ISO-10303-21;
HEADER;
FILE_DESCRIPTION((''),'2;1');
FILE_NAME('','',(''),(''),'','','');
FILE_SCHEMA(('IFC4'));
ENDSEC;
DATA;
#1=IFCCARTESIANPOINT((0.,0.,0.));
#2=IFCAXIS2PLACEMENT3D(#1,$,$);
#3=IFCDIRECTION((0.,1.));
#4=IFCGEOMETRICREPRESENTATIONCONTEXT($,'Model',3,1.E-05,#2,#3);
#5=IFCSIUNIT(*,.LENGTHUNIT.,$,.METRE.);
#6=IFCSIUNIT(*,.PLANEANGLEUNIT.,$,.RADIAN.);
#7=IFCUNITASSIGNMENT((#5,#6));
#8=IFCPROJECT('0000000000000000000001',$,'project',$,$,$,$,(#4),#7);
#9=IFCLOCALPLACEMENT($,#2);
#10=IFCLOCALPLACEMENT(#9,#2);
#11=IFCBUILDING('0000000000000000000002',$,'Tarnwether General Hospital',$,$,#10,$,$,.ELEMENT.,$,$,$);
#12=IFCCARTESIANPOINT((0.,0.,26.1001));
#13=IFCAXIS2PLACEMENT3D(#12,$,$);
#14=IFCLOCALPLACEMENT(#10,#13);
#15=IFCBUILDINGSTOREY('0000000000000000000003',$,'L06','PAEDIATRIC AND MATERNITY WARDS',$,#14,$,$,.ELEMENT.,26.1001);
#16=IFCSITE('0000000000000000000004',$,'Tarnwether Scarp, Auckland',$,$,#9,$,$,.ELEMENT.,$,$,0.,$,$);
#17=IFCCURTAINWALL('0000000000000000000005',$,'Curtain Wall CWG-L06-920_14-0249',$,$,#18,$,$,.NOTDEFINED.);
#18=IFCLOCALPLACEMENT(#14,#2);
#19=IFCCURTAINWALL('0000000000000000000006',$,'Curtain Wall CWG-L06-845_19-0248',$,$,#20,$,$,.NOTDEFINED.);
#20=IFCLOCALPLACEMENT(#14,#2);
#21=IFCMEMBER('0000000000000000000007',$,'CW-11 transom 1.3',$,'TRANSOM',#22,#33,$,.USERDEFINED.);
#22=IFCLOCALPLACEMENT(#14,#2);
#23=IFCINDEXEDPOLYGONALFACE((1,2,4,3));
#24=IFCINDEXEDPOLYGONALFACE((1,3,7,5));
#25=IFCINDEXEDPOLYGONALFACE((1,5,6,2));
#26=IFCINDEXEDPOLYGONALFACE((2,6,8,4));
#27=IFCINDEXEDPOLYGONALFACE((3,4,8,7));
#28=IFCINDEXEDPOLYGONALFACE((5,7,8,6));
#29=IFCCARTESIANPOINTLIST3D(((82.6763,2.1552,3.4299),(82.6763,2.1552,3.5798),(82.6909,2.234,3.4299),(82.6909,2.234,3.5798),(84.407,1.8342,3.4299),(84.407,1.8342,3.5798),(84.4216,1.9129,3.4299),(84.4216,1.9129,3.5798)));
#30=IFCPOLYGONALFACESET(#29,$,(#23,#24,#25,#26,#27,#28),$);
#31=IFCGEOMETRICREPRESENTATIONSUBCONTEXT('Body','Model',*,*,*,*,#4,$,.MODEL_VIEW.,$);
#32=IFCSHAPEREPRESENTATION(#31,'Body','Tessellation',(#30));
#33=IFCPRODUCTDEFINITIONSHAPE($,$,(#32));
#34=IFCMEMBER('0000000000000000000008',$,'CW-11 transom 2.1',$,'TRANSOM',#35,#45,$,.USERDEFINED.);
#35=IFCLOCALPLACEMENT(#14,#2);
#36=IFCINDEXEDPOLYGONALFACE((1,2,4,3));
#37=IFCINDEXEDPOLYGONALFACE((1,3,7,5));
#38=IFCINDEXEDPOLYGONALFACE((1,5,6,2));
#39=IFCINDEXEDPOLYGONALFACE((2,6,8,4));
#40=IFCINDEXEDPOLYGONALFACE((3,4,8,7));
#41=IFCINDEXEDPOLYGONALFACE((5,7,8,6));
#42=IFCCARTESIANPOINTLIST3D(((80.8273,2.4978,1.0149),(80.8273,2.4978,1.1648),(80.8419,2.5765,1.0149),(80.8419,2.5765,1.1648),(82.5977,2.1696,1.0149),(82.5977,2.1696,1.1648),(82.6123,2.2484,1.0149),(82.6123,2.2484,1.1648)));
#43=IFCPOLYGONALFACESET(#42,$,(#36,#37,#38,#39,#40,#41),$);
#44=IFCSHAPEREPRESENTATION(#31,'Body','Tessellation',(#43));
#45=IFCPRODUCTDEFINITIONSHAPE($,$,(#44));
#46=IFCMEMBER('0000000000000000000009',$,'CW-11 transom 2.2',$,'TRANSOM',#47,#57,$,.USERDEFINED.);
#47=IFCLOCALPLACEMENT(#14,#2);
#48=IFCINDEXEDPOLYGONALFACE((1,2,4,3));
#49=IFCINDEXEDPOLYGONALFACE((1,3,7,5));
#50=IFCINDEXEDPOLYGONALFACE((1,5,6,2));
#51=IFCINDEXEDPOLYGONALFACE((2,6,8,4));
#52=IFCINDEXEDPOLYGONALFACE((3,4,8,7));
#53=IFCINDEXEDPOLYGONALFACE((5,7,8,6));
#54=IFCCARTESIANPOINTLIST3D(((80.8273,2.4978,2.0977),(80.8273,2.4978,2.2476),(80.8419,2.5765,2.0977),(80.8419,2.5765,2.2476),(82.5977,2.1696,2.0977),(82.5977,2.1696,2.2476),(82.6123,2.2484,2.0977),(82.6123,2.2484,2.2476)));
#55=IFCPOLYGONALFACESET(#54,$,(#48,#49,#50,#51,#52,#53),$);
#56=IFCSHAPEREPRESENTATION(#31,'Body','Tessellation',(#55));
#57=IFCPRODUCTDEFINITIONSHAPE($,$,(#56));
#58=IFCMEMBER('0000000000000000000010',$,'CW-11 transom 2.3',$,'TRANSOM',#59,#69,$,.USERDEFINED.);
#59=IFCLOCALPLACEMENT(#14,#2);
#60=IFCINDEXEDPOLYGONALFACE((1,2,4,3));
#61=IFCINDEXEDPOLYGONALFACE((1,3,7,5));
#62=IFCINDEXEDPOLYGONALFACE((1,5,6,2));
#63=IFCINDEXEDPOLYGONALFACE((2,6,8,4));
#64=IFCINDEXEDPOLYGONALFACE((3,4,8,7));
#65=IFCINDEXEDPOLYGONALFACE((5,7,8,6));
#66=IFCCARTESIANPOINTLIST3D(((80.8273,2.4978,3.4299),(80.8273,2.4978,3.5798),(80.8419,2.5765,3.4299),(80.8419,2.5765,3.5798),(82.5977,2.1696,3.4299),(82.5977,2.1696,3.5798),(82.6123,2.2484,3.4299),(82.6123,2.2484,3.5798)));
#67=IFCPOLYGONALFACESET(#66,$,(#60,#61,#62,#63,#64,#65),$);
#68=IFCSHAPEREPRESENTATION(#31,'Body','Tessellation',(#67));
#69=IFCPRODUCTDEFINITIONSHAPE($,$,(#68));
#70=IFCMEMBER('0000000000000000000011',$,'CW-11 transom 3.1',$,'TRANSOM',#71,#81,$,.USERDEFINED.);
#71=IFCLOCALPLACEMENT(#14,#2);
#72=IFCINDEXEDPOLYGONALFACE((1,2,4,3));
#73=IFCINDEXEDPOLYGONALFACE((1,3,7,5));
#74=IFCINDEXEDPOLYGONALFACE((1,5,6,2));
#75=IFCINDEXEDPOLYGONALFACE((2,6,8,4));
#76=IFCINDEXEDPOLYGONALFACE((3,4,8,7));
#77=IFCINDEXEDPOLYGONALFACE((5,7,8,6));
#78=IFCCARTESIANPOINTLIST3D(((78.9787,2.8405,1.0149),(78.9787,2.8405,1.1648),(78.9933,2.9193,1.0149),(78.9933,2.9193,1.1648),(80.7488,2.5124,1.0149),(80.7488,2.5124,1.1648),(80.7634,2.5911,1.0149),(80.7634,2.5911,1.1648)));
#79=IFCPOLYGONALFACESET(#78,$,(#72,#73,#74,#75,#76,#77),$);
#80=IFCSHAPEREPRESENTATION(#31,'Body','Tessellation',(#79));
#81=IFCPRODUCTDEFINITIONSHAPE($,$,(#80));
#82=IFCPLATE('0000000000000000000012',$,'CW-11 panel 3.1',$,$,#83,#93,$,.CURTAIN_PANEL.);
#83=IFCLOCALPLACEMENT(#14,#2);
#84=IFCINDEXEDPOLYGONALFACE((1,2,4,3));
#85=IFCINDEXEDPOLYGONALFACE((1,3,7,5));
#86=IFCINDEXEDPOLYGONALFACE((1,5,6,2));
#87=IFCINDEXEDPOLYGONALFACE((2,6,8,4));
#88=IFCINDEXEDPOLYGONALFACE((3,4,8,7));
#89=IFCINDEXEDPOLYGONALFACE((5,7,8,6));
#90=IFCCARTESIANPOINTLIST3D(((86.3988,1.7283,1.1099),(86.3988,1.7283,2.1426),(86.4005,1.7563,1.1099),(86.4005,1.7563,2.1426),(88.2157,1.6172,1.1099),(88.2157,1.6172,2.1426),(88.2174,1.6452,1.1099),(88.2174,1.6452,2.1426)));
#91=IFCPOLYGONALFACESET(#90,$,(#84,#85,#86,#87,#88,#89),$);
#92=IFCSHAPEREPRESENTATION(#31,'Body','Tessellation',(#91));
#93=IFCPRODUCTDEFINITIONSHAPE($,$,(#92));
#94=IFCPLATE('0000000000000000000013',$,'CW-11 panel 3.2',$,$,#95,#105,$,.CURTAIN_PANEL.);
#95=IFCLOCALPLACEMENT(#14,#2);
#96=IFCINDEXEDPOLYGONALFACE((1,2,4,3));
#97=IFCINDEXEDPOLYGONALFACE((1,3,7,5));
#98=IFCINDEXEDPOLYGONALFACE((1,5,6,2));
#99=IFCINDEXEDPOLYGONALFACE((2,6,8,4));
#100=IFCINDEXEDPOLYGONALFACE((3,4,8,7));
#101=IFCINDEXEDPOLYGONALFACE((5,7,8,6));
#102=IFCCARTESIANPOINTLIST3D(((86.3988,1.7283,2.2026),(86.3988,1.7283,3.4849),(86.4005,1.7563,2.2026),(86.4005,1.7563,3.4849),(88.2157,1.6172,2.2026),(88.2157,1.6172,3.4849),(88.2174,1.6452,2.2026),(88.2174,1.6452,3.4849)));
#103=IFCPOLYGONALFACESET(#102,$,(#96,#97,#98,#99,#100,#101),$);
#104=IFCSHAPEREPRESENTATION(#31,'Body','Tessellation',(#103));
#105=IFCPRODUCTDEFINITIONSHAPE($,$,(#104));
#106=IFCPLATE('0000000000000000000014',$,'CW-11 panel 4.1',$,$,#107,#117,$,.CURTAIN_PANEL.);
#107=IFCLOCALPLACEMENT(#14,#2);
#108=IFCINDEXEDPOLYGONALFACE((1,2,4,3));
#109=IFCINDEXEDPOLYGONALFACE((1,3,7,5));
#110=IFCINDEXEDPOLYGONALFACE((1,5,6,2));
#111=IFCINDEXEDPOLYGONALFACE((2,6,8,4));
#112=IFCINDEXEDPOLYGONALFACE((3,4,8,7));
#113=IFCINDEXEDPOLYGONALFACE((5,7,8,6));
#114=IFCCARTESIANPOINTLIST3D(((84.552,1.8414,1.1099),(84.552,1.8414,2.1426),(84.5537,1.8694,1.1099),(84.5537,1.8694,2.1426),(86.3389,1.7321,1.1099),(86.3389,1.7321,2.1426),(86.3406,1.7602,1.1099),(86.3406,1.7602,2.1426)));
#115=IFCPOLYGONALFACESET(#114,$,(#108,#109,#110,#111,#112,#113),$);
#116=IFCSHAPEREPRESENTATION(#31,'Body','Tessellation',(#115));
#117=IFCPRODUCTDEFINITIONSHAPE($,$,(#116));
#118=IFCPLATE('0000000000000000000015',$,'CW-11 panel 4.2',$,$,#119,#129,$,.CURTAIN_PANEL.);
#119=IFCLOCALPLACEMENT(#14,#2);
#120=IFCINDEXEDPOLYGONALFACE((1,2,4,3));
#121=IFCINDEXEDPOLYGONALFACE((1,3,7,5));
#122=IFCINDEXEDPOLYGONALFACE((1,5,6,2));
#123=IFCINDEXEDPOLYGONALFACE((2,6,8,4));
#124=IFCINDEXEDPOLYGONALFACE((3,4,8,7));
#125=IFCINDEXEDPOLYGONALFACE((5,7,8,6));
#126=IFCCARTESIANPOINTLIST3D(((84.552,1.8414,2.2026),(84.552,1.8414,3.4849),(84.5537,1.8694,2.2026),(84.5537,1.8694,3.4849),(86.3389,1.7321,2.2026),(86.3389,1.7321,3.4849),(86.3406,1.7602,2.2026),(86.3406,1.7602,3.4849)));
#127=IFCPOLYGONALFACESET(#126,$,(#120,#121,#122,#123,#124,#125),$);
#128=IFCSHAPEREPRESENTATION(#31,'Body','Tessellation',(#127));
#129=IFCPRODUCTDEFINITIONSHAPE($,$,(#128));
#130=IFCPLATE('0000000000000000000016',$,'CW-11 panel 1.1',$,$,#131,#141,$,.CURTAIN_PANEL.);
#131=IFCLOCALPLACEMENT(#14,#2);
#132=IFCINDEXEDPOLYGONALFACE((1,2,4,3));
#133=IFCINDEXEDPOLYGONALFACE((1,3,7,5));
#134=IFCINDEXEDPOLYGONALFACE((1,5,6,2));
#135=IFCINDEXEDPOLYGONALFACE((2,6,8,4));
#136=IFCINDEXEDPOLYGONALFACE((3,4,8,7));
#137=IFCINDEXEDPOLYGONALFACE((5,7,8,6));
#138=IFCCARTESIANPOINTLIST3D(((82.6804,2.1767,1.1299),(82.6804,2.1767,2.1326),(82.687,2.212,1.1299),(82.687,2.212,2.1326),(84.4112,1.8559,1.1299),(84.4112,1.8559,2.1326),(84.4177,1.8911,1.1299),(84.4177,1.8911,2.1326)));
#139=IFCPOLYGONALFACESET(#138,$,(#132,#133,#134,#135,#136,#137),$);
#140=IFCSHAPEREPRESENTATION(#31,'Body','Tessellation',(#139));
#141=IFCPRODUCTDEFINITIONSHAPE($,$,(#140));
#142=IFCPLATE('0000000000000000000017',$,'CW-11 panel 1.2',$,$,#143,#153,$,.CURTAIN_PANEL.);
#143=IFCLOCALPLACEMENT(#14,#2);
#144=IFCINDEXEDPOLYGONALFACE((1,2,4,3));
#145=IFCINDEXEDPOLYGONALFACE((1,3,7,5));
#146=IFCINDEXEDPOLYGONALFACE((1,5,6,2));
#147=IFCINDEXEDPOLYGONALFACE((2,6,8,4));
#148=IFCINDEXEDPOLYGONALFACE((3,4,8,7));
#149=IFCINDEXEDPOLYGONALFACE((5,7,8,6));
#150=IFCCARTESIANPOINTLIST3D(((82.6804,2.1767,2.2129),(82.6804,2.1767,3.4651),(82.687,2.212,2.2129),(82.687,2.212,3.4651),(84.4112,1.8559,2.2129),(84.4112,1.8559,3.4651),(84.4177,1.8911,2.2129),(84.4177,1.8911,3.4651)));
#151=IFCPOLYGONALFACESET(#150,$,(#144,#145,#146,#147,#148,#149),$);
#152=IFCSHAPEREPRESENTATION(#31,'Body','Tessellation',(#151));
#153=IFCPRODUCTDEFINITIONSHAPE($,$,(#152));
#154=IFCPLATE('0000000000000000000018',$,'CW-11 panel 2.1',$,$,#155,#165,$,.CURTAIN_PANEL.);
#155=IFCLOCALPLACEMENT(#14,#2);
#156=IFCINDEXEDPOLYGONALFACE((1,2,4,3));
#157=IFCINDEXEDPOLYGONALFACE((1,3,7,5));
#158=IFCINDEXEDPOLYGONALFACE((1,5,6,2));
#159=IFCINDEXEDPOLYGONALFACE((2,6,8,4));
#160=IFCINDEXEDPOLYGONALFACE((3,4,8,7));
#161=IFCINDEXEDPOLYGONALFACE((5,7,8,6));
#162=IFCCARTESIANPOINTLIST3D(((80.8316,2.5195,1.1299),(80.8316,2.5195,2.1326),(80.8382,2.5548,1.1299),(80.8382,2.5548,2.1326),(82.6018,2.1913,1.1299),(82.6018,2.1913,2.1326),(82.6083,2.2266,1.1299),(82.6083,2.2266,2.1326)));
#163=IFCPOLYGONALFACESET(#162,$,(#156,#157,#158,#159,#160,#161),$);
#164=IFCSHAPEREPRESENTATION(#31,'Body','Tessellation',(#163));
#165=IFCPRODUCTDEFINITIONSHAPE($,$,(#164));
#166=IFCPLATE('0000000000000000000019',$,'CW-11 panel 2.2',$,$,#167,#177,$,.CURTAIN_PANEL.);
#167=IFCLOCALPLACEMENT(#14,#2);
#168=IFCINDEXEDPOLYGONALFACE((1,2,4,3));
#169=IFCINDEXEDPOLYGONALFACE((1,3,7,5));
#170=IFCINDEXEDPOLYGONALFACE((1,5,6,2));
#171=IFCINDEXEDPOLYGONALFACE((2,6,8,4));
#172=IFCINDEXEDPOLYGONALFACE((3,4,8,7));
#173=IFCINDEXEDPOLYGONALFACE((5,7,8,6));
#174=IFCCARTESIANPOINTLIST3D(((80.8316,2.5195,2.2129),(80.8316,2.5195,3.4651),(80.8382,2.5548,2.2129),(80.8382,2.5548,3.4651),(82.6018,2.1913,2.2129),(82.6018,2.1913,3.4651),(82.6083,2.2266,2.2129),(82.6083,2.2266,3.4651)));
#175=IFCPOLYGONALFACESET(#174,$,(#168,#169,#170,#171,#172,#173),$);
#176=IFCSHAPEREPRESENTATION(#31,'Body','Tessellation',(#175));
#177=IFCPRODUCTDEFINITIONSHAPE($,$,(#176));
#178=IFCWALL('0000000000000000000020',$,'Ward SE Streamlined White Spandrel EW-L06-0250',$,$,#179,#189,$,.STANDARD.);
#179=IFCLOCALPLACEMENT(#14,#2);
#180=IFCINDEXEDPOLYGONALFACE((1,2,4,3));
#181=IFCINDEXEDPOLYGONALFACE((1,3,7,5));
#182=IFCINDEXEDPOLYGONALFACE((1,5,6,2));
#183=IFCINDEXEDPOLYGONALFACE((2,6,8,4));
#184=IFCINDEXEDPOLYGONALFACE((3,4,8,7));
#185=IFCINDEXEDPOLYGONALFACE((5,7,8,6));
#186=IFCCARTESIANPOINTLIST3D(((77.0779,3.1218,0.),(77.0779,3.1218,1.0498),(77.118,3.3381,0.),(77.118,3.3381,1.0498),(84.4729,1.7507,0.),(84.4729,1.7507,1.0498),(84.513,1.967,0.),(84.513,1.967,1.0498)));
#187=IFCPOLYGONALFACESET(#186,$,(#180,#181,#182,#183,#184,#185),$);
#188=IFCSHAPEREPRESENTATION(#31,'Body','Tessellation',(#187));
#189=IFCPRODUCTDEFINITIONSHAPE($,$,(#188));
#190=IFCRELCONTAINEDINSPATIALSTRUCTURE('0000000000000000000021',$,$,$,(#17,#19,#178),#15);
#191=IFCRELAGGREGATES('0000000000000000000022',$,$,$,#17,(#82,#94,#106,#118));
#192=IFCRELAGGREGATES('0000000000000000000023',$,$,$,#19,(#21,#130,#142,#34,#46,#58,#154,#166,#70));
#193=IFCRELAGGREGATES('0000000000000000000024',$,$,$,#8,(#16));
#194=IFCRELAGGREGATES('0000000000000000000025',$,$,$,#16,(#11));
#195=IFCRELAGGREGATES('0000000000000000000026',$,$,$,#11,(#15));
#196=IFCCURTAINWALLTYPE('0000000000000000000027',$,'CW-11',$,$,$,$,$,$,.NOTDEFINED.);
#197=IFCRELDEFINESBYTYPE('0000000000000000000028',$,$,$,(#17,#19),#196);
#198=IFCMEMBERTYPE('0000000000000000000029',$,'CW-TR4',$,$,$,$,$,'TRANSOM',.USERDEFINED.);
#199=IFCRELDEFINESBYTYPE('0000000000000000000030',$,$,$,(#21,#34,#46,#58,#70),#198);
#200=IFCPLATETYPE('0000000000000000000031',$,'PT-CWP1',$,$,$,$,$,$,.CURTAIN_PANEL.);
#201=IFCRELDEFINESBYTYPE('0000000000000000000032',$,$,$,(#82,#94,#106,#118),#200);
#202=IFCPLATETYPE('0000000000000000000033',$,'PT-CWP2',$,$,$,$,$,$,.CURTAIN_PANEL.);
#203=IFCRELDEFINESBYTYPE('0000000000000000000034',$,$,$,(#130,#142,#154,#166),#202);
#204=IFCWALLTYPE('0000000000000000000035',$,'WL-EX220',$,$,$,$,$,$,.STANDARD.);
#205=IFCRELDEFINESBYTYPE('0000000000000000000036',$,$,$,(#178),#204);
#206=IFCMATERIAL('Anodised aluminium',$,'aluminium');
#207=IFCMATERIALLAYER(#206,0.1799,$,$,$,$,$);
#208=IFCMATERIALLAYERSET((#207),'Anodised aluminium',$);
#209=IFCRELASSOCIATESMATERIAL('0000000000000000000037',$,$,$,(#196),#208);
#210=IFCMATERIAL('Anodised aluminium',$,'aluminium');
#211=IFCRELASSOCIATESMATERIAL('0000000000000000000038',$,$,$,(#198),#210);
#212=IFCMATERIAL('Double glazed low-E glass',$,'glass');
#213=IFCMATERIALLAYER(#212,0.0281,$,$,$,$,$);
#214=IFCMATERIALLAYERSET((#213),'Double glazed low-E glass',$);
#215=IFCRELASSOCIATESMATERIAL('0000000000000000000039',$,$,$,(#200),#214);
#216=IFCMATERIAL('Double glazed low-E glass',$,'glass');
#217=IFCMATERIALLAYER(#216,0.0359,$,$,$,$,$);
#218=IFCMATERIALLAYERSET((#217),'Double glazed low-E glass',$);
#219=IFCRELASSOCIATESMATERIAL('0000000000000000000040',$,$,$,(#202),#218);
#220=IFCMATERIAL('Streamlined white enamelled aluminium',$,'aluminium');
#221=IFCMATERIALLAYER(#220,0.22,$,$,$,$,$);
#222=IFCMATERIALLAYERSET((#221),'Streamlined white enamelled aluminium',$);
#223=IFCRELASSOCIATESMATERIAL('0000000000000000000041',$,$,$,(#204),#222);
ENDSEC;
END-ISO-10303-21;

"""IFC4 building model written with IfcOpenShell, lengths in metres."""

from ifc_helpers import new_model, si_unit, direction, frame, frame_2d, origin, origin_2d, place, context, subcontext, project, spatial, rectangle, extrude, material, layer, layer_set, material_profile, profile_set, type_object, element, aggregate, save


model = new_model("IFC4")

# Units and contexts
model_context = context("Model", 3, precision=1e-05, world=origin(), true_north=direction((0.0, 1.0)))
body_context = subcontext(model_context, "Body", "Model", "MODEL_VIEW")
ifc_project = project(units=[si_unit("LENGTHUNIT", "METRE"), si_unit("PLANEANGLEUNIT", "RADIAN")], contexts=[model_context])

# Site, building, storey
site_placement = place(None, origin())
site = spatial("IfcSite", under=ifc_project, at=site_placement, Name="Tarnwether Scarp, Auckland", CompositionType="ELEMENT", RefElevation=0.0)
building_placement = place(site_placement, origin())
building = spatial("IfcBuilding", under=site, at=building_placement, Name="Tarnwether General Hospital", CompositionType="ELEMENT")
storey_placement = place(building_placement, frame((0.0, 0.0, 26.1001)))
storey = spatial("IfcBuildingStorey", under=building, at=storey_placement, Name="L06", Description="PAEDIATRIC AND MATERNITY WARDS", CompositionType="ELEMENT", Elevation=26.1001)

# Curtain walls
ifc_material_1 = material(Name="Anodised aluminium", Category="aluminium")
ifc_layer_1 = layer(ifc_material_1, 0.1799)
ifc_layer_set_1 = layer_set([ifc_layer_1], Name="Anodised aluminium")
curtain_wall_type = type_object("IfcCurtainWallType", Name="CW-11", PredefinedType="NOTDEFINED", material=ifc_layer_set_1)
curtain_wall_1_placement = place(storey_placement, origin())
curtain_wall_1 = element("IfcCurtainWall", 1, at=curtain_wall_1_placement, inside=storey, type_object=curtain_wall_type, Name="Curtain Wall CWG-L06-920_14-0249", PredefinedType="NOTDEFINED")
curtain_wall_2_placement = place(storey_placement, origin())
curtain_wall_2 = element("IfcCurtainWall", 2, at=curtain_wall_2_placement, inside=storey, type_object=curtain_wall_type, Name="Curtain Wall CWG-L06-845_19-0248", PredefinedType="NOTDEFINED")

# Members
ifc_material_2 = material(Name="Anodised aluminium", Category="aluminium")
ifc_material_profile_1 = material_profile(ifc_material_2, rectangle(XDim=0.0801, YDim=0.1499, at=origin_2d()), Name="ALU-TRN-80x150")
ifc_profile_set_1 = profile_set([ifc_material_profile_1], Name="Anodised aluminium")
member_type_1 = type_object("IfcMemberType", Name="CW-TR4", ElementType="TRANSOM", PredefinedType="USERDEFINED", material=ifc_profile_set_1)
member_1_placement = place(storey_placement, frame((84.4143, 1.8735, 3.5049), z_axis=(-0.983227, 0.182387, 0.0), x_axis=(-0.182387, -0.983227, 0.0)))
member_1 = element("IfcMember", 3, at=member_1_placement, type_object=member_type_1, Name="CW-11 transom 1.3", ObjectType="TRANSOM", PredefinedType="USERDEFINED", context=body_context, shape_type="SweptSolid", body=[
    extrude(rectangle(XDim=0.0801, YDim=0.1499, at=origin_2d()), origin(), (0.0, 0.0, 1.0), 1.7603),
])
member_2_placement = place(storey_placement, frame((82.605, 2.209, 1.0898), z_axis=(-0.983252, 0.182249, 0.0), x_axis=(-0.182249, -0.983252, 0.0)))
member_2 = element("IfcMember", 4, at=member_2_placement, type_object=member_type_1, Name="CW-11 transom 2.1", ObjectType="TRANSOM", PredefinedType="USERDEFINED", context=body_context, shape_type="SweptSolid", body=[
    extrude(rectangle(XDim=0.0801, YDim=0.1499, at=origin_2d()), origin(), (0.0, 0.0, 1.0), 1.8005),
])
member_3_placement = place(storey_placement, frame((82.605, 2.209, 2.1726), z_axis=(-0.983252, 0.182249, 0.0), x_axis=(-0.182249, -0.983252, 0.0)))
member_3 = element("IfcMember", 5, at=member_3_placement, type_object=member_type_1, Name="CW-11 transom 2.2", ObjectType="TRANSOM", PredefinedType="USERDEFINED", context=body_context, shape_type="SweptSolid", body=[
    extrude(rectangle(XDim=0.0801, YDim=0.1499, at=origin_2d()), origin(), (0.0, 0.0, 1.0), 1.8005),
])
member_4_placement = place(storey_placement, frame((82.605, 2.209, 3.5049), z_axis=(-0.983252, 0.182249, 0.0), x_axis=(-0.182249, -0.983252, 0.0)))
member_4 = element("IfcMember", 6, at=member_4_placement, type_object=member_type_1, Name="CW-11 transom 2.3", ObjectType="TRANSOM", PredefinedType="USERDEFINED", context=body_context, shape_type="SweptSolid", body=[
    extrude(rectangle(XDim=0.0801, YDim=0.1499, at=origin_2d()), origin(), (0.0, 0.0, 1.0), 1.8005),
])
member_5_placement = place(storey_placement, frame((80.7561, 2.5518, 1.0898), z_axis=(-0.983248, 0.182274, 0.0), x_axis=(-0.182274, -0.983248, 0.0)))
member_5 = element("IfcMember", 7, at=member_5_placement, type_object=member_type_1, Name="CW-11 transom 3.1", ObjectType="TRANSOM", PredefinedType="USERDEFINED", context=body_context, shape_type="SweptSolid", body=[
    extrude(rectangle(XDim=0.0801, YDim=0.1499, at=origin_2d()), origin(), (0.0, 0.0, 1.0), 1.8003),
])

# Plates
ifc_material_3 = material(Name="Double glazed low-E glass", Category="glass")
ifc_layer_2 = layer(ifc_material_3, 0.0281)
ifc_layer_set_2 = layer_set([ifc_layer_2], Name="Double glazed low-E glass")
plate_type_1 = type_object("IfcPlateType", Name="PT-CWP1", PredefinedType="CURTAIN_PANEL", material=ifc_layer_set_2)
plate_1_placement = place(storey_placement, frame((87.3081, 1.6868, 1.1099), z_axis=(0.0, 0.0, 1.0), x_axis=(-0.998136, 0.061029, 0.0)))
plate_1 = element("IfcPlate", 8, at=plate_1_placement, type_object=plate_type_1, Name="CW-11 panel 3.1", PredefinedType="CURTAIN_PANEL", context=body_context, shape_type="SweptSolid", body=[
    extrude(rectangle(XDim=1.8203, YDim=0.0281, at=origin_2d()), origin(), (0.0, 0.0, 1.0), 1.0327),
])
plate_2_placement = place(storey_placement, frame((87.3081, 1.6868, 2.2026), z_axis=(0.0, 0.0, 1.0), x_axis=(-0.998136, 0.061029, 0.0)))
plate_2 = element("IfcPlate", 9, at=plate_2_placement, type_object=plate_type_1, Name="CW-11 panel 3.2", PredefinedType="CURTAIN_PANEL", context=body_context, shape_type="SweptSolid", body=[
    extrude(rectangle(XDim=1.8203, YDim=0.0281, at=origin_2d()), origin(), (0.0, 0.0, 1.0), 1.2822),
])
plate_3_placement = place(storey_placement, frame((85.4463, 1.8008, 1.1099), z_axis=(0.0, 0.0, 1.0), x_axis=(-0.998136, 0.061029, 0.0)))
plate_3 = element("IfcPlate", 10, at=plate_3_placement, type_object=plate_type_1, Name="CW-11 panel 4.1", PredefinedType="CURTAIN_PANEL", context=body_context, shape_type="SweptSolid", body=[
    extrude(rectangle(XDim=1.7903, YDim=0.0281, at=origin_2d()), origin(), (0.0, 0.0, 1.0), 1.0327),
])
plate_4_placement = place(storey_placement, frame((85.4463, 1.8008, 2.2026), z_axis=(0.0, 0.0, 1.0), x_axis=(-0.998136, 0.061029, 0.0)))
plate_4 = element("IfcPlate", 11, at=plate_4_placement, type_object=plate_type_1, Name="CW-11 panel 4.2", PredefinedType="CURTAIN_PANEL", context=body_context, shape_type="SweptSolid", body=[
    extrude(rectangle(XDim=1.7903, YDim=0.0281, at=origin_2d()), origin(), (0.0, 0.0, 1.0), 1.2822),
])
aggregate(curtain_wall_1, [plate_1, plate_2, plate_3, plate_4])
ifc_material_4 = material(Name="Double glazed low-E glass", Category="glass")
ifc_layer_3 = layer(ifc_material_4, 0.0359)
ifc_layer_set_3 = layer_set([ifc_layer_3], Name="Double glazed low-E glass")
plate_type_2 = type_object("IfcPlateType", Name="PT-CWP2", PredefinedType="CURTAIN_PANEL", material=ifc_layer_set_3)
plate_5_placement = place(storey_placement, frame((83.5491, 2.0339, 1.1299), z_axis=(0.0, 0.0, 1.0), x_axis=(-0.983245, 0.182289, 0.0)))
plate_5 = element("IfcPlate", 12, at=plate_5_placement, type_object=plate_type_2, Name="CW-11 panel 1.1", PredefinedType="CURTAIN_PANEL", context=body_context, shape_type="SweptSolid", body=[
    extrude(rectangle(XDim=1.7603, YDim=0.0359, at=origin_2d()), origin(), (0.0, 0.0, 1.0), 1.0027),
])
plate_6_placement = place(storey_placement, frame((83.5491, 2.0339, 2.2129), z_axis=(0.0, 0.0, 1.0), x_axis=(-0.983245, 0.182289, 0.0)))
plate_6 = element("IfcPlate", 13, at=plate_6_placement, type_object=plate_type_2, Name="CW-11 panel 1.2", PredefinedType="CURTAIN_PANEL", context=body_context, shape_type="SweptSolid", body=[
    extrude(rectangle(XDim=1.7603, YDim=0.0359, at=origin_2d()), origin(), (0.0, 0.0, 1.0), 1.2522),
])
plate_7_placement = place(storey_placement, frame((81.72, 2.373, 1.1299), z_axis=(0.0, 0.0, 1.0), x_axis=(-0.983245, 0.182289, 0.0)))
plate_7 = element("IfcPlate", 14, at=plate_7_placement, type_object=plate_type_2, Name="CW-11 panel 2.1", PredefinedType="CURTAIN_PANEL", context=body_context, shape_type="SweptSolid", body=[
    extrude(rectangle(XDim=1.8003, YDim=0.0359, at=origin_2d()), origin(), (0.0, 0.0, 1.0), 1.0027),
])
plate_8_placement = place(storey_placement, frame((81.72, 2.373, 2.2129), z_axis=(0.0, 0.0, 1.0), x_axis=(-0.983245, 0.182289, 0.0)))
plate_8 = element("IfcPlate", 15, at=plate_8_placement, type_object=plate_type_2, Name="CW-11 panel 2.2", PredefinedType="CURTAIN_PANEL", context=body_context, shape_type="SweptSolid", body=[
    extrude(rectangle(XDim=1.8003, YDim=0.0359, at=origin_2d()), origin(), (0.0, 0.0, 1.0), 1.2522),
])
aggregate(curtain_wall_2, [member_1, plate_5, plate_6, member_2, member_3, member_4, plate_7, plate_8, member_5])

# Wall
ifc_material_5 = material(Name="Streamlined white enamelled aluminium", Category="aluminium")
ifc_layer_4 = layer(ifc_material_5, 0.22)
ifc_layer_set_4 = layer_set([ifc_layer_4], Name="Streamlined white enamelled aluminium")
wall_type = type_object("IfcWallType", Name="WL-EX220", PredefinedType="STANDARD", material=ifc_layer_set_4)
wall_placement = place(storey_placement, frame((84.4929, 1.8589, 0.0), z_axis=(0.0, 0.0, 1.0), x_axis=(-0.983243, 0.182301, 0.0)))
element("IfcWall", 16, at=wall_placement, inside=storey, type_object=wall_type, Name="Ward SE Streamlined White Spandrel EW-L06-0250", PredefinedType="STANDARD", context=body_context, shape_type="SweptSolid", body=[
    extrude(rectangle(XDim=7.521, YDim=0.22, at=frame_2d((3.7605, 0.0))), origin(), (0.0, 0.0, 1.0), 1.0498),
])

save(model, "model.ifc")
